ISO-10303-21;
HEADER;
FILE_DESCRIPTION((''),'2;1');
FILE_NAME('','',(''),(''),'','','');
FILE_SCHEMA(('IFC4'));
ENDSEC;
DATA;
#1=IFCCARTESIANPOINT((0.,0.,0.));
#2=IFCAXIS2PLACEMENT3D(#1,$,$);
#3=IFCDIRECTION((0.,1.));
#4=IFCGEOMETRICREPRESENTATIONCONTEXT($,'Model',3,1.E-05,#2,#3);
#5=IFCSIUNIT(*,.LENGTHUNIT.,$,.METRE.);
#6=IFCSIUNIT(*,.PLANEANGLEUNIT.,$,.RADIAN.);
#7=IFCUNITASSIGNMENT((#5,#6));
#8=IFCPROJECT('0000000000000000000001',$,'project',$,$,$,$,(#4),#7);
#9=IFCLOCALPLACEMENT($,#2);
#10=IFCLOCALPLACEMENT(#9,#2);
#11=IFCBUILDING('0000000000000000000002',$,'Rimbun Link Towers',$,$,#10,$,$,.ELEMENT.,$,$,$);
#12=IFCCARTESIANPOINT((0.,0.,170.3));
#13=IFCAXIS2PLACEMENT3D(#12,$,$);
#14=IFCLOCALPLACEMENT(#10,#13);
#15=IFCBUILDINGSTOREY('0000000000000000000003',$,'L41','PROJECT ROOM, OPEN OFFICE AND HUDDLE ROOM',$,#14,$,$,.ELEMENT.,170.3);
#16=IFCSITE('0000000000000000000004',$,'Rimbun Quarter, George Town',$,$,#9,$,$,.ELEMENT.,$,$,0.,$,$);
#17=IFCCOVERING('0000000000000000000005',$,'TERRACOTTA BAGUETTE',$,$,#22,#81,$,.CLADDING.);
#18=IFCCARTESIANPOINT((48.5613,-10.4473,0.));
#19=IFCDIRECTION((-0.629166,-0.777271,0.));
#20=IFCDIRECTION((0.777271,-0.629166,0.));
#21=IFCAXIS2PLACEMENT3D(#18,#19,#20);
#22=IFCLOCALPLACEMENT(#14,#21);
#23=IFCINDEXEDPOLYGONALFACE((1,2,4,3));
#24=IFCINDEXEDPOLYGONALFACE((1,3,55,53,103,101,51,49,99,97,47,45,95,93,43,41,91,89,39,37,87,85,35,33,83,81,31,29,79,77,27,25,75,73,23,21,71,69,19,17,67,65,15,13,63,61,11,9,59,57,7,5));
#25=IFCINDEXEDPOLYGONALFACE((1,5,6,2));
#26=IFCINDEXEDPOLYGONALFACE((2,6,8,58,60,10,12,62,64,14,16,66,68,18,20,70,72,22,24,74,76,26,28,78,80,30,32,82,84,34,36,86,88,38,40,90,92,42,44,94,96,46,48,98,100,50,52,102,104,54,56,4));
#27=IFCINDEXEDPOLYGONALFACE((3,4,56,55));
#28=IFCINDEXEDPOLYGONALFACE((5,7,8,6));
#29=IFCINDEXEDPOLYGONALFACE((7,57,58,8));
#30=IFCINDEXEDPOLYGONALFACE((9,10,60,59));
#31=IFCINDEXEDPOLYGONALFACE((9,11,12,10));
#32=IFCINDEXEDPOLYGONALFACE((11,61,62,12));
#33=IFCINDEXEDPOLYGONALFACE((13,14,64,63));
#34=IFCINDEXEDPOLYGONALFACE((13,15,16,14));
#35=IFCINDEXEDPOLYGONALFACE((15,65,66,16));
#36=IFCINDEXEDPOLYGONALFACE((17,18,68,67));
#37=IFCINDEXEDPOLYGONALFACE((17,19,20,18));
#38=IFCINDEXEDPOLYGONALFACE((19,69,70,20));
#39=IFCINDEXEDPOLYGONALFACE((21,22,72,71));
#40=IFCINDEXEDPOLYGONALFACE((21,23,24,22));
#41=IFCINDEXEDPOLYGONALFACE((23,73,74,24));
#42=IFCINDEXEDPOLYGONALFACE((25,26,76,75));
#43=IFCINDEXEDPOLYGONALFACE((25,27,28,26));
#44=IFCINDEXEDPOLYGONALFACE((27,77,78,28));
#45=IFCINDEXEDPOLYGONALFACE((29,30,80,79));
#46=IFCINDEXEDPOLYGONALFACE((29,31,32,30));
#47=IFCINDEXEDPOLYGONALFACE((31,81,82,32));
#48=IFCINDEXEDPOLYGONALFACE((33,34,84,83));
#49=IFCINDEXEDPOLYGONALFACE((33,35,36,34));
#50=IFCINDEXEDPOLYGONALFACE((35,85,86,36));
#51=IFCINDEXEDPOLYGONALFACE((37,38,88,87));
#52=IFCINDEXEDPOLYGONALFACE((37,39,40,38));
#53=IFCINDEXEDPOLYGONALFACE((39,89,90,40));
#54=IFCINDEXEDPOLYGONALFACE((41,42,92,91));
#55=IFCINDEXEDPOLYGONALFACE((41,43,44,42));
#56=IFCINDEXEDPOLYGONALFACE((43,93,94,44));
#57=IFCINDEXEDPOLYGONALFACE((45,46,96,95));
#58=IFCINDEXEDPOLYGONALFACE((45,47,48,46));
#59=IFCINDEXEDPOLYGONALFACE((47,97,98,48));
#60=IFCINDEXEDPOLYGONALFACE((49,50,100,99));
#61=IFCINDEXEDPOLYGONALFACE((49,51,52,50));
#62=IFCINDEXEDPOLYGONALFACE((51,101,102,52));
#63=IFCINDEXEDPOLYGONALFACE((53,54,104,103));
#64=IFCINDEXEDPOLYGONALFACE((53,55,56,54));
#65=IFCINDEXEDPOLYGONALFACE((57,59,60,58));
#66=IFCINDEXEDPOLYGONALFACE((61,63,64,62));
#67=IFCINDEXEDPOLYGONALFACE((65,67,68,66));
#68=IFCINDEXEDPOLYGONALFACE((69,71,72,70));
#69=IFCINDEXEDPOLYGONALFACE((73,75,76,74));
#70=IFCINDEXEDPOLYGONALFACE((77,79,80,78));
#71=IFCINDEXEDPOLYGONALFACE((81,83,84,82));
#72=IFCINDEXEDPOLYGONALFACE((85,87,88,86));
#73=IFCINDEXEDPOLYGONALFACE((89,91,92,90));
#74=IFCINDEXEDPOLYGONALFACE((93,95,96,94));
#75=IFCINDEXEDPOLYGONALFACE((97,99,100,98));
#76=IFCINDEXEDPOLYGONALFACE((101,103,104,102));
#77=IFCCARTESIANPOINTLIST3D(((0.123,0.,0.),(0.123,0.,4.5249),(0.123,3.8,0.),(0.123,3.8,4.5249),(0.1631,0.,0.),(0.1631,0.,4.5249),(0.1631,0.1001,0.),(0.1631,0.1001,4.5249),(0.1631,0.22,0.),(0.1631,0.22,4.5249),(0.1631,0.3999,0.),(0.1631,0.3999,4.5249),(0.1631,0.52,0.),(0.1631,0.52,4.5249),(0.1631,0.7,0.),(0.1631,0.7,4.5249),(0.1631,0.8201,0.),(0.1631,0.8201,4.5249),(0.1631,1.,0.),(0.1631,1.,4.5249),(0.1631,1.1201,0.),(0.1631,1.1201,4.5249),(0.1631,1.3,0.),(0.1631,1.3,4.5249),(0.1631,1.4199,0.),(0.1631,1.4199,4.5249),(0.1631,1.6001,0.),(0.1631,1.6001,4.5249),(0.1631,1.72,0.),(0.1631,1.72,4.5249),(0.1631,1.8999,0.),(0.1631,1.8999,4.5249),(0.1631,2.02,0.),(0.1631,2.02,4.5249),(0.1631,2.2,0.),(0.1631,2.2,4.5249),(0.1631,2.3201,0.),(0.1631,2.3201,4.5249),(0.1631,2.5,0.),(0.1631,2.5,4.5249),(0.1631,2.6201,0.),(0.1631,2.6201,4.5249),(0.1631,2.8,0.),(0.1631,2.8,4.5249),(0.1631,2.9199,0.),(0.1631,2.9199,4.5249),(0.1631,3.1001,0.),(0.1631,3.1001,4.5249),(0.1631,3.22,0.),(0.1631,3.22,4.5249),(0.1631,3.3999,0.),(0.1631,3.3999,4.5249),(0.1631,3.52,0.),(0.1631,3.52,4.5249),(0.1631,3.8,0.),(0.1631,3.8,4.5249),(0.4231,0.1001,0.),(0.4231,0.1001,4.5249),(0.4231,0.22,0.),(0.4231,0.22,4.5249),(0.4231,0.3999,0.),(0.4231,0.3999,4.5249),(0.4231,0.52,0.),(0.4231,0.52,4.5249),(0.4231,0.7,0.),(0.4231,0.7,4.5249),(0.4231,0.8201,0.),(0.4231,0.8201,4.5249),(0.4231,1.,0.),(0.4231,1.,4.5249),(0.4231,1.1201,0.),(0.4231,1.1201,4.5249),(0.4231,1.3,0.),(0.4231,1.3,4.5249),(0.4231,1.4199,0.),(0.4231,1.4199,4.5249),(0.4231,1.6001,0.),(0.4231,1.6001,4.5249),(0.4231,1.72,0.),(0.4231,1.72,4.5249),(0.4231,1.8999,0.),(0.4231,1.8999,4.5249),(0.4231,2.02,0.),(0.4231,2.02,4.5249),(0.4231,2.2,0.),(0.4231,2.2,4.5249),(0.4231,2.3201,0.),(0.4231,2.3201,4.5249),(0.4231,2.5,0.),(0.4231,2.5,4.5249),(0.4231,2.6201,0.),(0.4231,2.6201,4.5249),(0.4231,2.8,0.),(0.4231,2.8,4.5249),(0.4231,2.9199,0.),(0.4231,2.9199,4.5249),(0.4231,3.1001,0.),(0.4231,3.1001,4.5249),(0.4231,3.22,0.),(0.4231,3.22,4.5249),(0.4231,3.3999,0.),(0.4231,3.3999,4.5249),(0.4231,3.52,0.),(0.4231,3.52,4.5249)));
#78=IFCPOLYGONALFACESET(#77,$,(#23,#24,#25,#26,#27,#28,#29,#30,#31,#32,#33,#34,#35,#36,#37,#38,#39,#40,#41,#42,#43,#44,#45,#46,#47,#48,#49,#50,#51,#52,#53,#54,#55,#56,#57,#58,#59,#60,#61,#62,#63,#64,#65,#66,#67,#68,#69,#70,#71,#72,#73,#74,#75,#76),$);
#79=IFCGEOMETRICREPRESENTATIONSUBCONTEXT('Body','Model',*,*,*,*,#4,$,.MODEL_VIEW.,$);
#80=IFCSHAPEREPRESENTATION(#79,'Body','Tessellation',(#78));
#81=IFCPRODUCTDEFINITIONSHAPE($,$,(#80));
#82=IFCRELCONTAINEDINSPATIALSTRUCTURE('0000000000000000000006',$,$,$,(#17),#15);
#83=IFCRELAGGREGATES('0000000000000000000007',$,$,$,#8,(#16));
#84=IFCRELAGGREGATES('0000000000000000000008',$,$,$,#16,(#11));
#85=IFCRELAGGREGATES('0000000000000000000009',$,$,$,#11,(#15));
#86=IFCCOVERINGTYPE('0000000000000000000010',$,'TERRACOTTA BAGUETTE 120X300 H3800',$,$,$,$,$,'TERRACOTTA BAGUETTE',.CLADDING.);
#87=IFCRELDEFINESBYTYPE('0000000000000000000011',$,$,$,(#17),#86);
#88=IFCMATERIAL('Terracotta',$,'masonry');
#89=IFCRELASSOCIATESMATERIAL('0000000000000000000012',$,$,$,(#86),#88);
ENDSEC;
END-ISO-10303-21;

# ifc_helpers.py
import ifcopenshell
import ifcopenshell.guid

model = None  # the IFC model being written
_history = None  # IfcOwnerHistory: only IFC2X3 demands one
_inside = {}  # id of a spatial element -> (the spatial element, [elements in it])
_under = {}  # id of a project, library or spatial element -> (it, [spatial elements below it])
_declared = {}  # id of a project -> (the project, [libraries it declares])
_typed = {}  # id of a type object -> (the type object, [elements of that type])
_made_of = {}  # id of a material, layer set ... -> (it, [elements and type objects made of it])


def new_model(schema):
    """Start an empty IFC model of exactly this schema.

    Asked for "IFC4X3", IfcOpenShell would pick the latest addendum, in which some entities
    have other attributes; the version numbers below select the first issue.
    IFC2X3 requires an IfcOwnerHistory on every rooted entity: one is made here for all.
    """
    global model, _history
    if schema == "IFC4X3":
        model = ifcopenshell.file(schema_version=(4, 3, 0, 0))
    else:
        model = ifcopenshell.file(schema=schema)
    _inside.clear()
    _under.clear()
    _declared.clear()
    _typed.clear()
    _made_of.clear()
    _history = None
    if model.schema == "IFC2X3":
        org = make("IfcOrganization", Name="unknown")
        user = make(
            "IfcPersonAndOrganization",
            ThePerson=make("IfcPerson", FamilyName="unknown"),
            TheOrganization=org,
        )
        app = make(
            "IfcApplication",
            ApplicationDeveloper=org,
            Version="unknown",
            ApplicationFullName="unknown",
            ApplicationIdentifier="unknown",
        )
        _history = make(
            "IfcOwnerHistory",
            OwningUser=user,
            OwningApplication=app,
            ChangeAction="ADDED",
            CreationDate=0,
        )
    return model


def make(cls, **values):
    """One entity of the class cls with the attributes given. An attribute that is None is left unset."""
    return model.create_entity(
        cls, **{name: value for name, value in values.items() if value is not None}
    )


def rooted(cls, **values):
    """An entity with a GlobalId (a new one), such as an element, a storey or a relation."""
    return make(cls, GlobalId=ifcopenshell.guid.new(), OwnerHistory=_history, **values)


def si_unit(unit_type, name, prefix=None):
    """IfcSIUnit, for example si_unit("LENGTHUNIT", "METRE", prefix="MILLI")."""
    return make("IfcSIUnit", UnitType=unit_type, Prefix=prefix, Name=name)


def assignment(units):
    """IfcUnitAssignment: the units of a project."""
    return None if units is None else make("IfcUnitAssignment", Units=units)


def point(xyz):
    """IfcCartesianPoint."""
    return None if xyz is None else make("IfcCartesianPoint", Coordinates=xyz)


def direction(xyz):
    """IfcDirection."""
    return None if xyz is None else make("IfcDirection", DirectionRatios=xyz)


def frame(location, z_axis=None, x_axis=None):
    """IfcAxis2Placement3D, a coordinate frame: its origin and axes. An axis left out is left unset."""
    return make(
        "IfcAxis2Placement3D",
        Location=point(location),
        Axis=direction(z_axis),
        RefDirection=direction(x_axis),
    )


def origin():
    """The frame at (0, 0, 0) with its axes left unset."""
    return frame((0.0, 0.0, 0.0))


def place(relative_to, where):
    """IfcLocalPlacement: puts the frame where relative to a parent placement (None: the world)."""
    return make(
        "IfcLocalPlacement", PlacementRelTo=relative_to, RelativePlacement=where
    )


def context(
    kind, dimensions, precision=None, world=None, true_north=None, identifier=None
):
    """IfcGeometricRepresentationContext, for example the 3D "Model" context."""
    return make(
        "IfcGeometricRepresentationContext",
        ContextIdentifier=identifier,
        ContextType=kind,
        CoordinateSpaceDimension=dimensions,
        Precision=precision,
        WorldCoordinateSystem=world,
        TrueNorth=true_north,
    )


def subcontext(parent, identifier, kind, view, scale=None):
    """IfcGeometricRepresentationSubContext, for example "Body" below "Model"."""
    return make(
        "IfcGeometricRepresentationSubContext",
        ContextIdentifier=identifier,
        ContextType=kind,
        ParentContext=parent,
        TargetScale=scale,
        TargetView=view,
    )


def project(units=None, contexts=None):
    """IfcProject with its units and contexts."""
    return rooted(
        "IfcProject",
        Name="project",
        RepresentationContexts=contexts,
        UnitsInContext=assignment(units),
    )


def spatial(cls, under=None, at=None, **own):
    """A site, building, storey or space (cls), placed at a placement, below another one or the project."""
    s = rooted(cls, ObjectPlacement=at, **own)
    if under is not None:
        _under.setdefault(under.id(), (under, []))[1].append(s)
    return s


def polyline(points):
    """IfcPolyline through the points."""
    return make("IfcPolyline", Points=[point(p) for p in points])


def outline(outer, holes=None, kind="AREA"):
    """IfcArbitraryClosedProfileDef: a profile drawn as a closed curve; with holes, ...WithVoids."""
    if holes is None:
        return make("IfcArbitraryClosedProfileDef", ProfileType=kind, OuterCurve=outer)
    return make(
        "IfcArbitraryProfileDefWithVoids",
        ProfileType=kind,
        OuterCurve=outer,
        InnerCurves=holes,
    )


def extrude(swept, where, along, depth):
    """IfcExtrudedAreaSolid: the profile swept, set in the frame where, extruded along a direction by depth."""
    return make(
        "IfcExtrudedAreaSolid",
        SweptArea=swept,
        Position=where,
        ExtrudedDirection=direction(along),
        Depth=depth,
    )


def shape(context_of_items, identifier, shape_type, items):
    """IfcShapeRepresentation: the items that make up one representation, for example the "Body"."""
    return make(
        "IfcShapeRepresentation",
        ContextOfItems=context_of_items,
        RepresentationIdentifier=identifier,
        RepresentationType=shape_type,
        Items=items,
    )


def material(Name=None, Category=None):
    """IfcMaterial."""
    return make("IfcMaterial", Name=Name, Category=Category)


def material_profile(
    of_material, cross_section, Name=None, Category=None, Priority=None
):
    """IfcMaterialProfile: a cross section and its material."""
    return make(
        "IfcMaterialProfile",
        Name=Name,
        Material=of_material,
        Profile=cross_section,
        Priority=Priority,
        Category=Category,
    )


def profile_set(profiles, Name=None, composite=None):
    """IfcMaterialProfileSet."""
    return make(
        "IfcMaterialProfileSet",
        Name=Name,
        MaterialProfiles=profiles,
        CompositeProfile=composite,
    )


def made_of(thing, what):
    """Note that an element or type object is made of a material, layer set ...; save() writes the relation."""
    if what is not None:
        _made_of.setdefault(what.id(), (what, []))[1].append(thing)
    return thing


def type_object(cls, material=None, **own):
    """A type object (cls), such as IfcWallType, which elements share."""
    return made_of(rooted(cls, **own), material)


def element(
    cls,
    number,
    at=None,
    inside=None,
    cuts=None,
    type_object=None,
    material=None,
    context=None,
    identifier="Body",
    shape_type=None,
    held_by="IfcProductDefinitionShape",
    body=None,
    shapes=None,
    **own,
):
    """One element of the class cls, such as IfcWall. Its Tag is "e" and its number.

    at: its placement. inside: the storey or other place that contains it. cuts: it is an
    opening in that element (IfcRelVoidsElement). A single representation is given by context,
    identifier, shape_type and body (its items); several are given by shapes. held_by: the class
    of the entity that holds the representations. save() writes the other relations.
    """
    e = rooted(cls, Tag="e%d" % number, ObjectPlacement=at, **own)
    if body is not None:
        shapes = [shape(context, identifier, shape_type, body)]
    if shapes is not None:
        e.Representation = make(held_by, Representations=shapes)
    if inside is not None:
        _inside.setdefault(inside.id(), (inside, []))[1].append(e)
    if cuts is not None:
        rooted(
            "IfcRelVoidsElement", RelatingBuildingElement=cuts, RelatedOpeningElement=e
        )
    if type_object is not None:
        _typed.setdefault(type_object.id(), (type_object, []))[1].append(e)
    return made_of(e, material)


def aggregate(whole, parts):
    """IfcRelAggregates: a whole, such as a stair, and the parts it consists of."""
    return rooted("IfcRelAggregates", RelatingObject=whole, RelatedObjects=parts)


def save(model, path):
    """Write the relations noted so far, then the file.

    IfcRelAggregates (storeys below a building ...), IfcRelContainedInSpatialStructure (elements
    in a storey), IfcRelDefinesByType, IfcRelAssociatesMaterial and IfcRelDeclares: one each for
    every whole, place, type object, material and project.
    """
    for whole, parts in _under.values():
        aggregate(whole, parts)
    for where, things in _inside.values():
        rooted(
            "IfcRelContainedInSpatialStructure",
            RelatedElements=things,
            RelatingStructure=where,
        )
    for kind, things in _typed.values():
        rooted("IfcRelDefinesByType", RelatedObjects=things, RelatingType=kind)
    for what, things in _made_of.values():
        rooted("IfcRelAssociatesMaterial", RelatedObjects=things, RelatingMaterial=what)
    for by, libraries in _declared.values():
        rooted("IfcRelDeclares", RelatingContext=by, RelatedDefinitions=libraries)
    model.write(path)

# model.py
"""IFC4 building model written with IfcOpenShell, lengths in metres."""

from ifc_helpers import new_model, si_unit, direction, frame, origin, place, context, subcontext, project, spatial, polyline, outline, extrude, material, material_profile, profile_set, type_object, element, save


model = new_model("IFC4")

# Units and contexts
model_context = context("Model", 3, precision=1e-05, world=origin(), true_north=direction((0.0, 1.0)))
body_context = subcontext(model_context, "Body", "Model", "MODEL_VIEW")
ifc_project = project(units=[si_unit("LENGTHUNIT", "METRE"), si_unit("PLANEANGLEUNIT", "RADIAN")], contexts=[model_context])

# Site, building, storey
site_placement = place(None, origin())
site = spatial("IfcSite", under=ifc_project, at=site_placement, Name="Rimbun Quarter, George Town", CompositionType="ELEMENT", RefElevation=0.0)
building_placement = place(site_placement, origin())
building = spatial("IfcBuilding", under=site, at=building_placement, Name="Rimbun Link Towers", CompositionType="ELEMENT")
storey_placement = place(building_placement, frame((0.0, 0.0, 170.3)))
storey = spatial("IfcBuildingStorey", under=building, at=storey_placement, Name="L41", Description="PROJECT ROOM, OPEN OFFICE AND HUDDLE ROOM", CompositionType="ELEMENT", Elevation=170.3)

# Covering
ifc_material_1 = material(Name="Terracotta", Category="masonry")
ifc_material_profile_1 = material_profile(ifc_material_1, outline(polyline([(0.123, 0.0), (0.1631, 0.0), (0.1631, 0.1001), (0.4231, 0.1001), (0.4231, 0.22), (0.1631, 0.22), (0.1631, 0.3999), (0.4231, 0.3999), (0.4231, 0.52), (0.1631, 0.52), (0.1631, 0.7), (0.4231, 0.7), (0.4231, 0.8201), (0.1631, 0.8201), (0.1631, 1.0), (0.4231, 1.0), (0.4231, 1.1201), (0.1631, 1.1201), (0.1631, 1.3), (0.4231, 1.3), (0.4231, 1.4199), (0.1631, 1.4199), (0.1631, 1.6001), (0.4231, 1.6001), (0.4231, 1.72), (0.1631, 1.72), (0.1631, 1.8999), (0.4231, 1.8999), (0.4231, 2.02), (0.1631, 2.02), (0.1631, 2.2), (0.4231, 2.2), (0.4231, 2.3201), (0.1631, 2.3201), (0.1631, 2.5), (0.4231, 2.5), (0.4231, 2.6201), (0.1631, 2.6201), (0.1631, 2.8), (0.4231, 2.8), (0.4231, 2.9199), (0.1631, 2.9199), (0.1631, 3.1001), (0.4231, 3.1001), (0.4231, 3.22), (0.1631, 3.22), (0.1631, 3.3999), (0.4231, 3.3999), (0.4231, 3.52), (0.1631, 3.52), (0.1631, 3.8), (0.123, 3.8), (0.123, 0.0)])), Name="BAGUETTE 120X300")
ifc_profile_set_1 = profile_set([ifc_material_profile_1], Name="Terracotta")
covering_type = type_object("IfcCoveringType", Name="TERRACOTTA BAGUETTE 120X300 H3800", ElementType="TERRACOTTA BAGUETTE", PredefinedType="CLADDING", material=ifc_profile_set_1)
covering_placement = place(storey_placement, frame((48.5613, -10.4473, 0.0), z_axis=(-0.629166, -0.777271, 0.0), x_axis=(0.777271, -0.629166, 0.0)))
element("IfcCovering", 1, at=covering_placement, inside=storey, type_object=covering_type, Name="TERRACOTTA BAGUETTE", PredefinedType="CLADDING", context=body_context, shape_type="SweptSolid", body=[
    extrude(outline(polyline([(0.123, 0.0), (0.1631, 0.0), (0.1631, 0.1001), (0.4231, 0.1001), (0.4231, 0.22), (0.1631, 0.22), (0.1631, 0.3999), (0.4231, 0.3999), (0.4231, 0.52), (0.1631, 0.52), (0.1631, 0.7), (0.4231, 0.7), (0.4231, 0.8201), (0.1631, 0.8201), (0.1631, 1.0), (0.4231, 1.0), (0.4231, 1.1201), (0.1631, 1.1201), (0.1631, 1.3), (0.4231, 1.3), (0.4231, 1.4199), (0.1631, 1.4199), (0.1631, 1.6001), (0.4231, 1.6001), (0.4231, 1.72), (0.1631, 1.72), (0.1631, 1.8999), (0.4231, 1.8999), (0.4231, 2.02), (0.1631, 2.02), (0.1631, 2.2), (0.4231, 2.2), (0.4231, 2.3201), (0.1631, 2.3201), (0.1631, 2.5), (0.4231, 2.5), (0.4231, 2.6201), (0.1631, 2.6201), (0.1631, 2.8), (0.4231, 2.8), (0.4231, 2.9199), (0.1631, 2.9199), (0.1631, 3.1001), (0.4231, 3.1001), (0.4231, 3.22), (0.1631, 3.22), (0.1631, 3.3999), (0.4231, 3.3999), (0.4231, 3.52), (0.1631, 3.52), (0.1631, 3.8), (0.123, 3.8), (0.123, 0.0)])), origin(), (0.0, 0.0, 1.0), 4.5249),
])

save(model, "model.ifc")
